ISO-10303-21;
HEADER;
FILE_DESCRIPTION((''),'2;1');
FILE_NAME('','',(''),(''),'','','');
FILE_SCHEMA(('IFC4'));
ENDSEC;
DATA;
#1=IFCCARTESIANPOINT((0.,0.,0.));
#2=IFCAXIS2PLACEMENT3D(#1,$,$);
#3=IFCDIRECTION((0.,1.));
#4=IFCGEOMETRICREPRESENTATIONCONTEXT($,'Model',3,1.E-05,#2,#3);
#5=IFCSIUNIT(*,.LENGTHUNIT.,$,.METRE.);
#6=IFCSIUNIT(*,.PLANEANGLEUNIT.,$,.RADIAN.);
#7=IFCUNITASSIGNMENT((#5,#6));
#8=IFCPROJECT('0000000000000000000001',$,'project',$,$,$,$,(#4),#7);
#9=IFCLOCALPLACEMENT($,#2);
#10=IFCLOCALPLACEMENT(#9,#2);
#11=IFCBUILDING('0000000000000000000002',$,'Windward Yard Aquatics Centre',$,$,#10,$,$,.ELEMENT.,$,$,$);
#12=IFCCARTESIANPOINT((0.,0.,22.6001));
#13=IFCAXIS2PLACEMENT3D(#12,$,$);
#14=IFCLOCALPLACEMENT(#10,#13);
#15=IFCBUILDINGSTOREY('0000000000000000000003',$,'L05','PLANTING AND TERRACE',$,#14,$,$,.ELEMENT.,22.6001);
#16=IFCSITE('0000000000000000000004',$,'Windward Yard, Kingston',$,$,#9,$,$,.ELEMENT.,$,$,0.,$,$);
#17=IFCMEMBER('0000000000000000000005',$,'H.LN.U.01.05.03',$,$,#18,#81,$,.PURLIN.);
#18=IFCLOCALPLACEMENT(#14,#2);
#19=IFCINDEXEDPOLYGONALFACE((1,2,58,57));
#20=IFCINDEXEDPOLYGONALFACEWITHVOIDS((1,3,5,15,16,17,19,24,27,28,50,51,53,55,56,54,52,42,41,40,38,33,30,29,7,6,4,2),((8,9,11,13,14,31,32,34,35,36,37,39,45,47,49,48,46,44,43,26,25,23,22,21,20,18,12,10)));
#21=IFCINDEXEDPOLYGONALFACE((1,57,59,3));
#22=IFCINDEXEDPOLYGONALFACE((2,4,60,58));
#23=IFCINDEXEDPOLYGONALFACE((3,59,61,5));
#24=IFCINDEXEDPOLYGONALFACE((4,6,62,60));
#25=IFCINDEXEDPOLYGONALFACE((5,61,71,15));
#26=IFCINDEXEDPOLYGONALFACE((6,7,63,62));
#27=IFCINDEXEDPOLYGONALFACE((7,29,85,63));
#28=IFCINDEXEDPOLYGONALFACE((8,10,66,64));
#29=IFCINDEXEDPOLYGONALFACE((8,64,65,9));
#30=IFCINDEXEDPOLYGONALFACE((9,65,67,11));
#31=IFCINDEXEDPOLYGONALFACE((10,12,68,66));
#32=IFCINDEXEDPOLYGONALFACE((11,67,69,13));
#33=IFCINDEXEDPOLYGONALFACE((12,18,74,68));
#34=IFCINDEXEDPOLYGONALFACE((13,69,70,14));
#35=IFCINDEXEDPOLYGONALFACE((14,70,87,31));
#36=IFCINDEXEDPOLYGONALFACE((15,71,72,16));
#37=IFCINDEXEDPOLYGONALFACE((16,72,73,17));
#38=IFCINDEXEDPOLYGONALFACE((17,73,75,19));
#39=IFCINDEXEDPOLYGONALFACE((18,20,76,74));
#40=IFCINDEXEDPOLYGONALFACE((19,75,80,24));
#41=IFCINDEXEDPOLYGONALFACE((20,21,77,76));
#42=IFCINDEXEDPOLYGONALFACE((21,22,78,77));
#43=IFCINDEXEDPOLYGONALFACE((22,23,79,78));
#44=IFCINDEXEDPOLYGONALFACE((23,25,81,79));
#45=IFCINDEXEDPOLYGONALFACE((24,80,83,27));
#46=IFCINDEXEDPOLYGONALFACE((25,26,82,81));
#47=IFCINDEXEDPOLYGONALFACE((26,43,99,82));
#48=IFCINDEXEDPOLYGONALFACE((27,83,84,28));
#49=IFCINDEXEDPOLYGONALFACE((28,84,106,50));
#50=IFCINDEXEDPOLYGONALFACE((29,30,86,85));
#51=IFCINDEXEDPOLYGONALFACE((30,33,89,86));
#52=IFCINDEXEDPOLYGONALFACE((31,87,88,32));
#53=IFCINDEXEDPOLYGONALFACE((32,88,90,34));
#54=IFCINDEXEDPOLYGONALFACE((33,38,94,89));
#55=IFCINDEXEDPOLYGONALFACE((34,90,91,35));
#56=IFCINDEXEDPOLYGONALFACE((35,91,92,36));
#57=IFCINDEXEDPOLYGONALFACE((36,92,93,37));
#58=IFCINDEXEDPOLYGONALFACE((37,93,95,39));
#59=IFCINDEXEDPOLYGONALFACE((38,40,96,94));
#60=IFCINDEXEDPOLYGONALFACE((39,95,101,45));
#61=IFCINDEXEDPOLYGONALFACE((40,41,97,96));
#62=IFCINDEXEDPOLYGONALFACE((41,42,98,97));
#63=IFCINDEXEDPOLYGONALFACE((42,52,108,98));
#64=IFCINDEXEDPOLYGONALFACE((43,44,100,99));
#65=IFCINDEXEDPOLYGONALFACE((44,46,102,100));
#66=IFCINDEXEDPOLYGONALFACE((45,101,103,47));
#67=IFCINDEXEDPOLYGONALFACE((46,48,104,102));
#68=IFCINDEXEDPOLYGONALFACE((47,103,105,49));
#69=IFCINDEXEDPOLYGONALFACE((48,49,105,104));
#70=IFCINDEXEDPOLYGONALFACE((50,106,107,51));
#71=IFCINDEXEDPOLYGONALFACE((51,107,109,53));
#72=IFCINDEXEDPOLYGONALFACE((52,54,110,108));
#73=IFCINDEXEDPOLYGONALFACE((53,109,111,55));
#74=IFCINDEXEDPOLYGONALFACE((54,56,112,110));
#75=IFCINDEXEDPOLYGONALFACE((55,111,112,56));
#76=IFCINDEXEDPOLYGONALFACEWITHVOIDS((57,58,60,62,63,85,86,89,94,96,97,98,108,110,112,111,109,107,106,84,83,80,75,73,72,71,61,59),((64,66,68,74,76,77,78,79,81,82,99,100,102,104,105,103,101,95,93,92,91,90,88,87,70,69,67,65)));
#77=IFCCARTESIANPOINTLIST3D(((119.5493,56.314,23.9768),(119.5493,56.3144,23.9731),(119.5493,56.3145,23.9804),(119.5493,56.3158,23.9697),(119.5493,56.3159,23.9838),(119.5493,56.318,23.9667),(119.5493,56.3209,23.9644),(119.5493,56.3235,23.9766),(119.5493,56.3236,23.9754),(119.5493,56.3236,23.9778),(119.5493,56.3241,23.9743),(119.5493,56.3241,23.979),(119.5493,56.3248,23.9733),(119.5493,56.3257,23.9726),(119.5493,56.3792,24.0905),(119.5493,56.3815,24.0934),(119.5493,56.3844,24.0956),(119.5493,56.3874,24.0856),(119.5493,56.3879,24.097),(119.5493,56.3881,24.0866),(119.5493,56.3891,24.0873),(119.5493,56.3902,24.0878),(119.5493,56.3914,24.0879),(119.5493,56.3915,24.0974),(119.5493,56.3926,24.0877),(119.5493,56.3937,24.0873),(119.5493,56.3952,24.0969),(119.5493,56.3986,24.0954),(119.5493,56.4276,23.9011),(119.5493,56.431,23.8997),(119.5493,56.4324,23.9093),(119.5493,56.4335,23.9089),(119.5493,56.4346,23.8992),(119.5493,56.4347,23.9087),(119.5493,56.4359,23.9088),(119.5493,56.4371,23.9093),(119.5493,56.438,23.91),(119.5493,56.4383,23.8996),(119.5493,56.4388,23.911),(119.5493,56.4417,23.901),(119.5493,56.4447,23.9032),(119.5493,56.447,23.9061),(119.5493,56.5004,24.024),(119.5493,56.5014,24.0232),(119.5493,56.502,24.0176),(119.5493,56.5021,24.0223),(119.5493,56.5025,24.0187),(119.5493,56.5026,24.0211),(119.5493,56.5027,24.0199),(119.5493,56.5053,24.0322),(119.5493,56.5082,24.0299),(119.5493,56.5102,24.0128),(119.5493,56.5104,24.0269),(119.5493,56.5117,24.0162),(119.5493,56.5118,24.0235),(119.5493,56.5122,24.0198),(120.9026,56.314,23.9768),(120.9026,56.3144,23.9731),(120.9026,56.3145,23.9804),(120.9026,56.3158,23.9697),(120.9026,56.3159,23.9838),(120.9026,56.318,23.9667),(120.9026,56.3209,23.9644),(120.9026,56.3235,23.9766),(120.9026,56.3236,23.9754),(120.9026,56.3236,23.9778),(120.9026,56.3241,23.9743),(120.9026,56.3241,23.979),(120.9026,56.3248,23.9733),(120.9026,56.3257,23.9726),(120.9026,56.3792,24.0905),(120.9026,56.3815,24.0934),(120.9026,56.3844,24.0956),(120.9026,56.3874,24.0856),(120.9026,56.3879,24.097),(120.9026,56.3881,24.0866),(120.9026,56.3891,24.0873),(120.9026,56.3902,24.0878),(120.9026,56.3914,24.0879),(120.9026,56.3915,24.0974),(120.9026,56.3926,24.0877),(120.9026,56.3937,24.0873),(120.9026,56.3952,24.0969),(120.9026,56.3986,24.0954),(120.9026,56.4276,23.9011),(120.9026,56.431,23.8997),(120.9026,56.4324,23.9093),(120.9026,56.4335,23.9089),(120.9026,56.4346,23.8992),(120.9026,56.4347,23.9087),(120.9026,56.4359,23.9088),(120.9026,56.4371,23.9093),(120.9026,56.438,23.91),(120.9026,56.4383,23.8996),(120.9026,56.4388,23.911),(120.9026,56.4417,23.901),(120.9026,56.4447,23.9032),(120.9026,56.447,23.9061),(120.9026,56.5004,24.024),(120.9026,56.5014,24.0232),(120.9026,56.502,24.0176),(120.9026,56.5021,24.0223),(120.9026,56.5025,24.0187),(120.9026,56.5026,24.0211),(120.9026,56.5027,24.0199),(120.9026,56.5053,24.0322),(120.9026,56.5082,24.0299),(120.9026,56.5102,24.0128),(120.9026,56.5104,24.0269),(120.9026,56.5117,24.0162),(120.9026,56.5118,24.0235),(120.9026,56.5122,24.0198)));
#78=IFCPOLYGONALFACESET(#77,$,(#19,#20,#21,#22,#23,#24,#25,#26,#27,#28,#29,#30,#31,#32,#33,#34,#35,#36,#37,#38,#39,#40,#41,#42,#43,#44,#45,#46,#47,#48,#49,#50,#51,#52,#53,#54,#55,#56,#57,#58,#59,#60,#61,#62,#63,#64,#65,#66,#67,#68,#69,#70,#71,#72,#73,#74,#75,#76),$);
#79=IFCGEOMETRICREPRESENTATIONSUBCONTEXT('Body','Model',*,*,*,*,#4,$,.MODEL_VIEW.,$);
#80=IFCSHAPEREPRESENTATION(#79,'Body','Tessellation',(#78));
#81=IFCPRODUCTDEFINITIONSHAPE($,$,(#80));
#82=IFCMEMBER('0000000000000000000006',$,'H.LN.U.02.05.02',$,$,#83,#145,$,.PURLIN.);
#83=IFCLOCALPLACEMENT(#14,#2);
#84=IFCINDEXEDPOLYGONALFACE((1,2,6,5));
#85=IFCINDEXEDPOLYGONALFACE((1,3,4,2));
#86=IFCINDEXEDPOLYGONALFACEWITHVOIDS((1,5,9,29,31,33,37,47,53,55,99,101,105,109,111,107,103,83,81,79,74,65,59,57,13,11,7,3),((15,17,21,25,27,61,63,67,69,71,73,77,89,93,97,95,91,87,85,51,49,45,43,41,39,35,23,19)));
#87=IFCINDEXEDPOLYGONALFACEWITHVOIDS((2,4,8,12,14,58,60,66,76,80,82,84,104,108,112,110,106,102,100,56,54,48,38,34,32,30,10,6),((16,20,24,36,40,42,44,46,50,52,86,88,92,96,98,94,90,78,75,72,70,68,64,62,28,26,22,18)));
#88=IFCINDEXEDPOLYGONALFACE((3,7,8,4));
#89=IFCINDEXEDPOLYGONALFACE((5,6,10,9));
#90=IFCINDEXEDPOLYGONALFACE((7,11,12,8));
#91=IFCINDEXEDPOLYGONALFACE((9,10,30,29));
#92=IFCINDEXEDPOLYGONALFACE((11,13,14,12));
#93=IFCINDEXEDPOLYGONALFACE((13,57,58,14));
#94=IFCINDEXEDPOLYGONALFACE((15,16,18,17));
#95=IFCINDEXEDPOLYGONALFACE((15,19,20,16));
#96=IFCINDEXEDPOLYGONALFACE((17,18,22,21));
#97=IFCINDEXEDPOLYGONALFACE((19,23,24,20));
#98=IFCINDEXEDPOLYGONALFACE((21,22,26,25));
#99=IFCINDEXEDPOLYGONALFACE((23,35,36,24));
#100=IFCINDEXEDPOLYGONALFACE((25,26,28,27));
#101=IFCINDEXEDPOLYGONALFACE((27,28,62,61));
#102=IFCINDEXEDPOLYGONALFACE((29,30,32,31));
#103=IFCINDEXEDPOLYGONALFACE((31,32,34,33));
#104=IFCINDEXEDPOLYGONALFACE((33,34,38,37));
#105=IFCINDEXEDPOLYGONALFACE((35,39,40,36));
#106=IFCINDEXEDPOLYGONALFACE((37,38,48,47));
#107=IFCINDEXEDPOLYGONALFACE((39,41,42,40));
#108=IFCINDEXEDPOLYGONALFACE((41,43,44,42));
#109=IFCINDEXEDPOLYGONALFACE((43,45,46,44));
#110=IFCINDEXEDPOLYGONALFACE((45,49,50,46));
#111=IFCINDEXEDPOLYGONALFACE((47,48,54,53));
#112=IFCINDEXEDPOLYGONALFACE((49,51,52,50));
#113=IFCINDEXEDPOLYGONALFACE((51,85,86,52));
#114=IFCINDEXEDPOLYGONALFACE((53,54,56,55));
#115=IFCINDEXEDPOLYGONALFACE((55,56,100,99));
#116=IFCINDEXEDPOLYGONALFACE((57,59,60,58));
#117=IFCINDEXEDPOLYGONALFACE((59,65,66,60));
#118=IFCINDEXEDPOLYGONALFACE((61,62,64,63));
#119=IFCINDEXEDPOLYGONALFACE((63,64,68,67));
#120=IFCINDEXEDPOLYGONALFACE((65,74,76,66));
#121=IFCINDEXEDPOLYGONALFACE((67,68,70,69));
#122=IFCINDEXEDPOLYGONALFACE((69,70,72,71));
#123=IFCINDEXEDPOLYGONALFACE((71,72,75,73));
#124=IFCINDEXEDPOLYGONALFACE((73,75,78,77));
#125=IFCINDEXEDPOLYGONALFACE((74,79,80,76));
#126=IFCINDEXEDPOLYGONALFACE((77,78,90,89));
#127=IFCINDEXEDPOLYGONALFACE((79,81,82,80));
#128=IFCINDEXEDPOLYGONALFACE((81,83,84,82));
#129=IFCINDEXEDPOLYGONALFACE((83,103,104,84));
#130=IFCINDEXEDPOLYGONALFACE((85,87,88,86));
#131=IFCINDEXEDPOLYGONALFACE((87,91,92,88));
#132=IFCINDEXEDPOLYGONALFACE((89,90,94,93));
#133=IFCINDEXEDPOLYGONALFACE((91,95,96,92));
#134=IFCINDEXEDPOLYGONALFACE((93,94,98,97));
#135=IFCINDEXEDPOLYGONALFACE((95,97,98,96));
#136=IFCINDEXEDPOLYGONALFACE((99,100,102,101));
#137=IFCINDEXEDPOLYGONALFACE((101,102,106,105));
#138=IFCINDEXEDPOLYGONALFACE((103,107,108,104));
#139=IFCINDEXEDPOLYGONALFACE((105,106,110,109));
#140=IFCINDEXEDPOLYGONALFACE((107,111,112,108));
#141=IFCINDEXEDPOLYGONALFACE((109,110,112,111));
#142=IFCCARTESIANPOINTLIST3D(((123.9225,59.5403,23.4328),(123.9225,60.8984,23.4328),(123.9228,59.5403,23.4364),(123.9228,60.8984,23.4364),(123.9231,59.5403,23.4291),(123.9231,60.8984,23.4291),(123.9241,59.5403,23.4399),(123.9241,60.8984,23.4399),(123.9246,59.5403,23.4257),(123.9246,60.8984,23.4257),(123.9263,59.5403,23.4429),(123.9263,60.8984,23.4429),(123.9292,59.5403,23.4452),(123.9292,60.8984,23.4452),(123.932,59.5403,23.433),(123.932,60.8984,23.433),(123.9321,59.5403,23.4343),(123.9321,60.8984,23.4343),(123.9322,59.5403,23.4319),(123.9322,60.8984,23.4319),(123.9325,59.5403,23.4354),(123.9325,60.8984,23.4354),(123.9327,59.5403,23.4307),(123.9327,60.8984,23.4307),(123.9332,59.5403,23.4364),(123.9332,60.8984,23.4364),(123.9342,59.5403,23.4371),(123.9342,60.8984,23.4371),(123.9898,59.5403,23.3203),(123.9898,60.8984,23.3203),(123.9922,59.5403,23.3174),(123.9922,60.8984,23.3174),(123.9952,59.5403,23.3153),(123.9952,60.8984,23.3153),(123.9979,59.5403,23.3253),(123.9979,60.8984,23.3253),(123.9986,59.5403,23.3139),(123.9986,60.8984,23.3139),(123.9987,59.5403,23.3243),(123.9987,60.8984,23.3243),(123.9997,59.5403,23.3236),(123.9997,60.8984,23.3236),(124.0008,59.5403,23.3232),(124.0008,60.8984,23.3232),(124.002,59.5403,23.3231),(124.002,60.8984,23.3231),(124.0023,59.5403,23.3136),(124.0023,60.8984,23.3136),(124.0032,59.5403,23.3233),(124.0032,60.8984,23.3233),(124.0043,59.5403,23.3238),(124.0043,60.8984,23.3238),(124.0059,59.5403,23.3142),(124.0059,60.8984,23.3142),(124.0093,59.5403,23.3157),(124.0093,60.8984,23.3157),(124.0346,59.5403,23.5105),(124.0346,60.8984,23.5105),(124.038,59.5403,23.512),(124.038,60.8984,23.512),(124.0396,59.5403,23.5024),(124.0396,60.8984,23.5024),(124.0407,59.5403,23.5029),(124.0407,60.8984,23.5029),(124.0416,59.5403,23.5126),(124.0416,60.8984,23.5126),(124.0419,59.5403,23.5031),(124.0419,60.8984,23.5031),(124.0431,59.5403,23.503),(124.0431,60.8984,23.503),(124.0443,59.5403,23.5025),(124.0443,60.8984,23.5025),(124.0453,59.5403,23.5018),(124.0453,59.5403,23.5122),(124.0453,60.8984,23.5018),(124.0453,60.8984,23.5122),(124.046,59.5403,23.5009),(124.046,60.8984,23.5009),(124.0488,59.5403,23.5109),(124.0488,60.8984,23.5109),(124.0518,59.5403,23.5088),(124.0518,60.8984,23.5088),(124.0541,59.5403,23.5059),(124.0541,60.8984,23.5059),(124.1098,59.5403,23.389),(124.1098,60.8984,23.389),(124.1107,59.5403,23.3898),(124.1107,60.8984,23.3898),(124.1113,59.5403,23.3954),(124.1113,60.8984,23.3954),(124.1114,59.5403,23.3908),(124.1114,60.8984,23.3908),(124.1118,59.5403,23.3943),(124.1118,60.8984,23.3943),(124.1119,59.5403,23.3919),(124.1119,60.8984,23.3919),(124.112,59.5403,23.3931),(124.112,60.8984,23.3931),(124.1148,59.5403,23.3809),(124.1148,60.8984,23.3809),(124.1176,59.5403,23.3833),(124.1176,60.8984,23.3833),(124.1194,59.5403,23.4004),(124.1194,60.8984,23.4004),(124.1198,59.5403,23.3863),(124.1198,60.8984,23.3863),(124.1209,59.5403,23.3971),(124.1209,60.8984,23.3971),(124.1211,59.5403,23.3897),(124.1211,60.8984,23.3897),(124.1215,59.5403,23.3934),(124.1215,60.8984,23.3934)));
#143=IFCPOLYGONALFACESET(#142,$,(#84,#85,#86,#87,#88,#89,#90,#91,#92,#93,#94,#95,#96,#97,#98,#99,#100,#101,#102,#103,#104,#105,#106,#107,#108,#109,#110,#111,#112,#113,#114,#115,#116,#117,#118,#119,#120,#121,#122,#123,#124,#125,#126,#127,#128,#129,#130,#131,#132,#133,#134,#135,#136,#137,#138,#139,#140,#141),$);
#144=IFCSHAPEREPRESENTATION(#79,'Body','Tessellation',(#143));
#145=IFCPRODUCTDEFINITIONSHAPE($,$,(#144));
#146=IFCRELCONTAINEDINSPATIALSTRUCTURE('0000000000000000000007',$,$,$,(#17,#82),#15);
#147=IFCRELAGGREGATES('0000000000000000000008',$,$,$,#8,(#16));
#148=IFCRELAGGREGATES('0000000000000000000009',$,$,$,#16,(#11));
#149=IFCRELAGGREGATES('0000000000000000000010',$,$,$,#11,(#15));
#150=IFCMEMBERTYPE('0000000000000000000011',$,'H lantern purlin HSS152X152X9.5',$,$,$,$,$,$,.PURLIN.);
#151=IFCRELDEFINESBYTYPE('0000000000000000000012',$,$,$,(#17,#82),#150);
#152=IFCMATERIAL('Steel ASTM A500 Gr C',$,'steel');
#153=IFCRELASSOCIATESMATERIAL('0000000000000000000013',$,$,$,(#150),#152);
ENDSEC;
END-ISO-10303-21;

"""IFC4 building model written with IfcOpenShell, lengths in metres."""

from ifc_helpers import new_model, si_unit, direction, frame, origin, origin_2d, place, context, subcontext, project, spatial, hollow_rectangle, extrude, material, material_profile, profile_set, type_object, element, save


model = new_model("IFC4")

# Units and contexts
model_context = context("Model", 3, precision=1e-05, world=origin(), true_north=direction((0.0, 1.0)))
body_context = subcontext(model_context, "Body", "Model", "MODEL_VIEW")
ifc_project = project(units=[si_unit("LENGTHUNIT", "METRE"), si_unit("PLANEANGLEUNIT", "RADIAN")], contexts=[model_context])

# Site, building, storey
site_placement = place(None, origin())
site = spatial("IfcSite", under=ifc_project, at=site_placement, Name="Windward Yard, Kingston", CompositionType="ELEMENT", RefElevation=0.0)
building_placement = place(site_placement, origin())
building = spatial("IfcBuilding", under=site, at=building_placement, Name="Windward Yard Aquatics Centre", CompositionType="ELEMENT")
storey_placement = place(building_placement, frame((0.0, 0.0, 22.6001)))
storey = spatial("IfcBuildingStorey", under=building, at=storey_placement, Name="L05", Description="PLANTING AND TERRACE", CompositionType="ELEMENT", Elevation=22.6001)

# Members
ifc_material_1 = material(Name="Steel ASTM A500 Gr C", Category="steel")
ifc_material_profile = material_profile(ifc_material_1, hollow_rectangle(XDim=0.1523, YDim=0.1523, WallThickness=0.0095, InnerFilletRadius=0.0046, OuterFilletRadius=0.0142, at=origin_2d()), Name="HSS152X152X9.5")
ifc_profile_set = profile_set([ifc_material_profile], Name="Steel ASTM A500 Gr C")
member_type = type_object("IfcMemberType", Name="H lantern purlin HSS152X152X9.5", PredefinedType="PURLIN", material=ifc_profile_set)
for number, where, z_axis, x_axis, name in (
    (1, (120.9026, 56.4131, 23.9983), (-1.0, 0.0, 0.0), (0.0, -0.51012, -0.860103), "H.LN.U.01.05.03"),
):
    element("IfcMember", number, at=place(storey_placement, frame(where, z_axis=z_axis, x_axis=x_axis)), inside=storey, type_object=member_type, Name=name, PredefinedType="PURLIN", context=body_context, shape_type="SweptSolid", body=[
        extrude(hollow_rectangle(XDim=0.1523, YDim=0.1523, WallThickness=0.0095, InnerFilletRadius=0.0046, OuterFilletRadius=0.0142, at=origin_2d()), origin(), (0.0, 0.0, 1.0), 1.3533),
    ])
member_1_placement = place(storey_placement, frame((124.022, 60.8984, 23.4131), z_axis=(0.0, -1.0, 0.0), x_axis=(0.526172, 0.0, -0.850378)))
element("IfcMember", 2, at=member_1_placement, inside=storey, type_object=member_type, Name="H.LN.U.02.05.02", PredefinedType="PURLIN", context=body_context, shape_type="SweptSolid", body=[
    extrude(hollow_rectangle(XDim=0.1523, YDim=0.1523, WallThickness=0.0095, InnerFilletRadius=0.0046, OuterFilletRadius=0.0142, at=origin_2d()), origin(), (0.0, 0.0, 1.0), 1.3582),
])

save(model, "model.ifc")
